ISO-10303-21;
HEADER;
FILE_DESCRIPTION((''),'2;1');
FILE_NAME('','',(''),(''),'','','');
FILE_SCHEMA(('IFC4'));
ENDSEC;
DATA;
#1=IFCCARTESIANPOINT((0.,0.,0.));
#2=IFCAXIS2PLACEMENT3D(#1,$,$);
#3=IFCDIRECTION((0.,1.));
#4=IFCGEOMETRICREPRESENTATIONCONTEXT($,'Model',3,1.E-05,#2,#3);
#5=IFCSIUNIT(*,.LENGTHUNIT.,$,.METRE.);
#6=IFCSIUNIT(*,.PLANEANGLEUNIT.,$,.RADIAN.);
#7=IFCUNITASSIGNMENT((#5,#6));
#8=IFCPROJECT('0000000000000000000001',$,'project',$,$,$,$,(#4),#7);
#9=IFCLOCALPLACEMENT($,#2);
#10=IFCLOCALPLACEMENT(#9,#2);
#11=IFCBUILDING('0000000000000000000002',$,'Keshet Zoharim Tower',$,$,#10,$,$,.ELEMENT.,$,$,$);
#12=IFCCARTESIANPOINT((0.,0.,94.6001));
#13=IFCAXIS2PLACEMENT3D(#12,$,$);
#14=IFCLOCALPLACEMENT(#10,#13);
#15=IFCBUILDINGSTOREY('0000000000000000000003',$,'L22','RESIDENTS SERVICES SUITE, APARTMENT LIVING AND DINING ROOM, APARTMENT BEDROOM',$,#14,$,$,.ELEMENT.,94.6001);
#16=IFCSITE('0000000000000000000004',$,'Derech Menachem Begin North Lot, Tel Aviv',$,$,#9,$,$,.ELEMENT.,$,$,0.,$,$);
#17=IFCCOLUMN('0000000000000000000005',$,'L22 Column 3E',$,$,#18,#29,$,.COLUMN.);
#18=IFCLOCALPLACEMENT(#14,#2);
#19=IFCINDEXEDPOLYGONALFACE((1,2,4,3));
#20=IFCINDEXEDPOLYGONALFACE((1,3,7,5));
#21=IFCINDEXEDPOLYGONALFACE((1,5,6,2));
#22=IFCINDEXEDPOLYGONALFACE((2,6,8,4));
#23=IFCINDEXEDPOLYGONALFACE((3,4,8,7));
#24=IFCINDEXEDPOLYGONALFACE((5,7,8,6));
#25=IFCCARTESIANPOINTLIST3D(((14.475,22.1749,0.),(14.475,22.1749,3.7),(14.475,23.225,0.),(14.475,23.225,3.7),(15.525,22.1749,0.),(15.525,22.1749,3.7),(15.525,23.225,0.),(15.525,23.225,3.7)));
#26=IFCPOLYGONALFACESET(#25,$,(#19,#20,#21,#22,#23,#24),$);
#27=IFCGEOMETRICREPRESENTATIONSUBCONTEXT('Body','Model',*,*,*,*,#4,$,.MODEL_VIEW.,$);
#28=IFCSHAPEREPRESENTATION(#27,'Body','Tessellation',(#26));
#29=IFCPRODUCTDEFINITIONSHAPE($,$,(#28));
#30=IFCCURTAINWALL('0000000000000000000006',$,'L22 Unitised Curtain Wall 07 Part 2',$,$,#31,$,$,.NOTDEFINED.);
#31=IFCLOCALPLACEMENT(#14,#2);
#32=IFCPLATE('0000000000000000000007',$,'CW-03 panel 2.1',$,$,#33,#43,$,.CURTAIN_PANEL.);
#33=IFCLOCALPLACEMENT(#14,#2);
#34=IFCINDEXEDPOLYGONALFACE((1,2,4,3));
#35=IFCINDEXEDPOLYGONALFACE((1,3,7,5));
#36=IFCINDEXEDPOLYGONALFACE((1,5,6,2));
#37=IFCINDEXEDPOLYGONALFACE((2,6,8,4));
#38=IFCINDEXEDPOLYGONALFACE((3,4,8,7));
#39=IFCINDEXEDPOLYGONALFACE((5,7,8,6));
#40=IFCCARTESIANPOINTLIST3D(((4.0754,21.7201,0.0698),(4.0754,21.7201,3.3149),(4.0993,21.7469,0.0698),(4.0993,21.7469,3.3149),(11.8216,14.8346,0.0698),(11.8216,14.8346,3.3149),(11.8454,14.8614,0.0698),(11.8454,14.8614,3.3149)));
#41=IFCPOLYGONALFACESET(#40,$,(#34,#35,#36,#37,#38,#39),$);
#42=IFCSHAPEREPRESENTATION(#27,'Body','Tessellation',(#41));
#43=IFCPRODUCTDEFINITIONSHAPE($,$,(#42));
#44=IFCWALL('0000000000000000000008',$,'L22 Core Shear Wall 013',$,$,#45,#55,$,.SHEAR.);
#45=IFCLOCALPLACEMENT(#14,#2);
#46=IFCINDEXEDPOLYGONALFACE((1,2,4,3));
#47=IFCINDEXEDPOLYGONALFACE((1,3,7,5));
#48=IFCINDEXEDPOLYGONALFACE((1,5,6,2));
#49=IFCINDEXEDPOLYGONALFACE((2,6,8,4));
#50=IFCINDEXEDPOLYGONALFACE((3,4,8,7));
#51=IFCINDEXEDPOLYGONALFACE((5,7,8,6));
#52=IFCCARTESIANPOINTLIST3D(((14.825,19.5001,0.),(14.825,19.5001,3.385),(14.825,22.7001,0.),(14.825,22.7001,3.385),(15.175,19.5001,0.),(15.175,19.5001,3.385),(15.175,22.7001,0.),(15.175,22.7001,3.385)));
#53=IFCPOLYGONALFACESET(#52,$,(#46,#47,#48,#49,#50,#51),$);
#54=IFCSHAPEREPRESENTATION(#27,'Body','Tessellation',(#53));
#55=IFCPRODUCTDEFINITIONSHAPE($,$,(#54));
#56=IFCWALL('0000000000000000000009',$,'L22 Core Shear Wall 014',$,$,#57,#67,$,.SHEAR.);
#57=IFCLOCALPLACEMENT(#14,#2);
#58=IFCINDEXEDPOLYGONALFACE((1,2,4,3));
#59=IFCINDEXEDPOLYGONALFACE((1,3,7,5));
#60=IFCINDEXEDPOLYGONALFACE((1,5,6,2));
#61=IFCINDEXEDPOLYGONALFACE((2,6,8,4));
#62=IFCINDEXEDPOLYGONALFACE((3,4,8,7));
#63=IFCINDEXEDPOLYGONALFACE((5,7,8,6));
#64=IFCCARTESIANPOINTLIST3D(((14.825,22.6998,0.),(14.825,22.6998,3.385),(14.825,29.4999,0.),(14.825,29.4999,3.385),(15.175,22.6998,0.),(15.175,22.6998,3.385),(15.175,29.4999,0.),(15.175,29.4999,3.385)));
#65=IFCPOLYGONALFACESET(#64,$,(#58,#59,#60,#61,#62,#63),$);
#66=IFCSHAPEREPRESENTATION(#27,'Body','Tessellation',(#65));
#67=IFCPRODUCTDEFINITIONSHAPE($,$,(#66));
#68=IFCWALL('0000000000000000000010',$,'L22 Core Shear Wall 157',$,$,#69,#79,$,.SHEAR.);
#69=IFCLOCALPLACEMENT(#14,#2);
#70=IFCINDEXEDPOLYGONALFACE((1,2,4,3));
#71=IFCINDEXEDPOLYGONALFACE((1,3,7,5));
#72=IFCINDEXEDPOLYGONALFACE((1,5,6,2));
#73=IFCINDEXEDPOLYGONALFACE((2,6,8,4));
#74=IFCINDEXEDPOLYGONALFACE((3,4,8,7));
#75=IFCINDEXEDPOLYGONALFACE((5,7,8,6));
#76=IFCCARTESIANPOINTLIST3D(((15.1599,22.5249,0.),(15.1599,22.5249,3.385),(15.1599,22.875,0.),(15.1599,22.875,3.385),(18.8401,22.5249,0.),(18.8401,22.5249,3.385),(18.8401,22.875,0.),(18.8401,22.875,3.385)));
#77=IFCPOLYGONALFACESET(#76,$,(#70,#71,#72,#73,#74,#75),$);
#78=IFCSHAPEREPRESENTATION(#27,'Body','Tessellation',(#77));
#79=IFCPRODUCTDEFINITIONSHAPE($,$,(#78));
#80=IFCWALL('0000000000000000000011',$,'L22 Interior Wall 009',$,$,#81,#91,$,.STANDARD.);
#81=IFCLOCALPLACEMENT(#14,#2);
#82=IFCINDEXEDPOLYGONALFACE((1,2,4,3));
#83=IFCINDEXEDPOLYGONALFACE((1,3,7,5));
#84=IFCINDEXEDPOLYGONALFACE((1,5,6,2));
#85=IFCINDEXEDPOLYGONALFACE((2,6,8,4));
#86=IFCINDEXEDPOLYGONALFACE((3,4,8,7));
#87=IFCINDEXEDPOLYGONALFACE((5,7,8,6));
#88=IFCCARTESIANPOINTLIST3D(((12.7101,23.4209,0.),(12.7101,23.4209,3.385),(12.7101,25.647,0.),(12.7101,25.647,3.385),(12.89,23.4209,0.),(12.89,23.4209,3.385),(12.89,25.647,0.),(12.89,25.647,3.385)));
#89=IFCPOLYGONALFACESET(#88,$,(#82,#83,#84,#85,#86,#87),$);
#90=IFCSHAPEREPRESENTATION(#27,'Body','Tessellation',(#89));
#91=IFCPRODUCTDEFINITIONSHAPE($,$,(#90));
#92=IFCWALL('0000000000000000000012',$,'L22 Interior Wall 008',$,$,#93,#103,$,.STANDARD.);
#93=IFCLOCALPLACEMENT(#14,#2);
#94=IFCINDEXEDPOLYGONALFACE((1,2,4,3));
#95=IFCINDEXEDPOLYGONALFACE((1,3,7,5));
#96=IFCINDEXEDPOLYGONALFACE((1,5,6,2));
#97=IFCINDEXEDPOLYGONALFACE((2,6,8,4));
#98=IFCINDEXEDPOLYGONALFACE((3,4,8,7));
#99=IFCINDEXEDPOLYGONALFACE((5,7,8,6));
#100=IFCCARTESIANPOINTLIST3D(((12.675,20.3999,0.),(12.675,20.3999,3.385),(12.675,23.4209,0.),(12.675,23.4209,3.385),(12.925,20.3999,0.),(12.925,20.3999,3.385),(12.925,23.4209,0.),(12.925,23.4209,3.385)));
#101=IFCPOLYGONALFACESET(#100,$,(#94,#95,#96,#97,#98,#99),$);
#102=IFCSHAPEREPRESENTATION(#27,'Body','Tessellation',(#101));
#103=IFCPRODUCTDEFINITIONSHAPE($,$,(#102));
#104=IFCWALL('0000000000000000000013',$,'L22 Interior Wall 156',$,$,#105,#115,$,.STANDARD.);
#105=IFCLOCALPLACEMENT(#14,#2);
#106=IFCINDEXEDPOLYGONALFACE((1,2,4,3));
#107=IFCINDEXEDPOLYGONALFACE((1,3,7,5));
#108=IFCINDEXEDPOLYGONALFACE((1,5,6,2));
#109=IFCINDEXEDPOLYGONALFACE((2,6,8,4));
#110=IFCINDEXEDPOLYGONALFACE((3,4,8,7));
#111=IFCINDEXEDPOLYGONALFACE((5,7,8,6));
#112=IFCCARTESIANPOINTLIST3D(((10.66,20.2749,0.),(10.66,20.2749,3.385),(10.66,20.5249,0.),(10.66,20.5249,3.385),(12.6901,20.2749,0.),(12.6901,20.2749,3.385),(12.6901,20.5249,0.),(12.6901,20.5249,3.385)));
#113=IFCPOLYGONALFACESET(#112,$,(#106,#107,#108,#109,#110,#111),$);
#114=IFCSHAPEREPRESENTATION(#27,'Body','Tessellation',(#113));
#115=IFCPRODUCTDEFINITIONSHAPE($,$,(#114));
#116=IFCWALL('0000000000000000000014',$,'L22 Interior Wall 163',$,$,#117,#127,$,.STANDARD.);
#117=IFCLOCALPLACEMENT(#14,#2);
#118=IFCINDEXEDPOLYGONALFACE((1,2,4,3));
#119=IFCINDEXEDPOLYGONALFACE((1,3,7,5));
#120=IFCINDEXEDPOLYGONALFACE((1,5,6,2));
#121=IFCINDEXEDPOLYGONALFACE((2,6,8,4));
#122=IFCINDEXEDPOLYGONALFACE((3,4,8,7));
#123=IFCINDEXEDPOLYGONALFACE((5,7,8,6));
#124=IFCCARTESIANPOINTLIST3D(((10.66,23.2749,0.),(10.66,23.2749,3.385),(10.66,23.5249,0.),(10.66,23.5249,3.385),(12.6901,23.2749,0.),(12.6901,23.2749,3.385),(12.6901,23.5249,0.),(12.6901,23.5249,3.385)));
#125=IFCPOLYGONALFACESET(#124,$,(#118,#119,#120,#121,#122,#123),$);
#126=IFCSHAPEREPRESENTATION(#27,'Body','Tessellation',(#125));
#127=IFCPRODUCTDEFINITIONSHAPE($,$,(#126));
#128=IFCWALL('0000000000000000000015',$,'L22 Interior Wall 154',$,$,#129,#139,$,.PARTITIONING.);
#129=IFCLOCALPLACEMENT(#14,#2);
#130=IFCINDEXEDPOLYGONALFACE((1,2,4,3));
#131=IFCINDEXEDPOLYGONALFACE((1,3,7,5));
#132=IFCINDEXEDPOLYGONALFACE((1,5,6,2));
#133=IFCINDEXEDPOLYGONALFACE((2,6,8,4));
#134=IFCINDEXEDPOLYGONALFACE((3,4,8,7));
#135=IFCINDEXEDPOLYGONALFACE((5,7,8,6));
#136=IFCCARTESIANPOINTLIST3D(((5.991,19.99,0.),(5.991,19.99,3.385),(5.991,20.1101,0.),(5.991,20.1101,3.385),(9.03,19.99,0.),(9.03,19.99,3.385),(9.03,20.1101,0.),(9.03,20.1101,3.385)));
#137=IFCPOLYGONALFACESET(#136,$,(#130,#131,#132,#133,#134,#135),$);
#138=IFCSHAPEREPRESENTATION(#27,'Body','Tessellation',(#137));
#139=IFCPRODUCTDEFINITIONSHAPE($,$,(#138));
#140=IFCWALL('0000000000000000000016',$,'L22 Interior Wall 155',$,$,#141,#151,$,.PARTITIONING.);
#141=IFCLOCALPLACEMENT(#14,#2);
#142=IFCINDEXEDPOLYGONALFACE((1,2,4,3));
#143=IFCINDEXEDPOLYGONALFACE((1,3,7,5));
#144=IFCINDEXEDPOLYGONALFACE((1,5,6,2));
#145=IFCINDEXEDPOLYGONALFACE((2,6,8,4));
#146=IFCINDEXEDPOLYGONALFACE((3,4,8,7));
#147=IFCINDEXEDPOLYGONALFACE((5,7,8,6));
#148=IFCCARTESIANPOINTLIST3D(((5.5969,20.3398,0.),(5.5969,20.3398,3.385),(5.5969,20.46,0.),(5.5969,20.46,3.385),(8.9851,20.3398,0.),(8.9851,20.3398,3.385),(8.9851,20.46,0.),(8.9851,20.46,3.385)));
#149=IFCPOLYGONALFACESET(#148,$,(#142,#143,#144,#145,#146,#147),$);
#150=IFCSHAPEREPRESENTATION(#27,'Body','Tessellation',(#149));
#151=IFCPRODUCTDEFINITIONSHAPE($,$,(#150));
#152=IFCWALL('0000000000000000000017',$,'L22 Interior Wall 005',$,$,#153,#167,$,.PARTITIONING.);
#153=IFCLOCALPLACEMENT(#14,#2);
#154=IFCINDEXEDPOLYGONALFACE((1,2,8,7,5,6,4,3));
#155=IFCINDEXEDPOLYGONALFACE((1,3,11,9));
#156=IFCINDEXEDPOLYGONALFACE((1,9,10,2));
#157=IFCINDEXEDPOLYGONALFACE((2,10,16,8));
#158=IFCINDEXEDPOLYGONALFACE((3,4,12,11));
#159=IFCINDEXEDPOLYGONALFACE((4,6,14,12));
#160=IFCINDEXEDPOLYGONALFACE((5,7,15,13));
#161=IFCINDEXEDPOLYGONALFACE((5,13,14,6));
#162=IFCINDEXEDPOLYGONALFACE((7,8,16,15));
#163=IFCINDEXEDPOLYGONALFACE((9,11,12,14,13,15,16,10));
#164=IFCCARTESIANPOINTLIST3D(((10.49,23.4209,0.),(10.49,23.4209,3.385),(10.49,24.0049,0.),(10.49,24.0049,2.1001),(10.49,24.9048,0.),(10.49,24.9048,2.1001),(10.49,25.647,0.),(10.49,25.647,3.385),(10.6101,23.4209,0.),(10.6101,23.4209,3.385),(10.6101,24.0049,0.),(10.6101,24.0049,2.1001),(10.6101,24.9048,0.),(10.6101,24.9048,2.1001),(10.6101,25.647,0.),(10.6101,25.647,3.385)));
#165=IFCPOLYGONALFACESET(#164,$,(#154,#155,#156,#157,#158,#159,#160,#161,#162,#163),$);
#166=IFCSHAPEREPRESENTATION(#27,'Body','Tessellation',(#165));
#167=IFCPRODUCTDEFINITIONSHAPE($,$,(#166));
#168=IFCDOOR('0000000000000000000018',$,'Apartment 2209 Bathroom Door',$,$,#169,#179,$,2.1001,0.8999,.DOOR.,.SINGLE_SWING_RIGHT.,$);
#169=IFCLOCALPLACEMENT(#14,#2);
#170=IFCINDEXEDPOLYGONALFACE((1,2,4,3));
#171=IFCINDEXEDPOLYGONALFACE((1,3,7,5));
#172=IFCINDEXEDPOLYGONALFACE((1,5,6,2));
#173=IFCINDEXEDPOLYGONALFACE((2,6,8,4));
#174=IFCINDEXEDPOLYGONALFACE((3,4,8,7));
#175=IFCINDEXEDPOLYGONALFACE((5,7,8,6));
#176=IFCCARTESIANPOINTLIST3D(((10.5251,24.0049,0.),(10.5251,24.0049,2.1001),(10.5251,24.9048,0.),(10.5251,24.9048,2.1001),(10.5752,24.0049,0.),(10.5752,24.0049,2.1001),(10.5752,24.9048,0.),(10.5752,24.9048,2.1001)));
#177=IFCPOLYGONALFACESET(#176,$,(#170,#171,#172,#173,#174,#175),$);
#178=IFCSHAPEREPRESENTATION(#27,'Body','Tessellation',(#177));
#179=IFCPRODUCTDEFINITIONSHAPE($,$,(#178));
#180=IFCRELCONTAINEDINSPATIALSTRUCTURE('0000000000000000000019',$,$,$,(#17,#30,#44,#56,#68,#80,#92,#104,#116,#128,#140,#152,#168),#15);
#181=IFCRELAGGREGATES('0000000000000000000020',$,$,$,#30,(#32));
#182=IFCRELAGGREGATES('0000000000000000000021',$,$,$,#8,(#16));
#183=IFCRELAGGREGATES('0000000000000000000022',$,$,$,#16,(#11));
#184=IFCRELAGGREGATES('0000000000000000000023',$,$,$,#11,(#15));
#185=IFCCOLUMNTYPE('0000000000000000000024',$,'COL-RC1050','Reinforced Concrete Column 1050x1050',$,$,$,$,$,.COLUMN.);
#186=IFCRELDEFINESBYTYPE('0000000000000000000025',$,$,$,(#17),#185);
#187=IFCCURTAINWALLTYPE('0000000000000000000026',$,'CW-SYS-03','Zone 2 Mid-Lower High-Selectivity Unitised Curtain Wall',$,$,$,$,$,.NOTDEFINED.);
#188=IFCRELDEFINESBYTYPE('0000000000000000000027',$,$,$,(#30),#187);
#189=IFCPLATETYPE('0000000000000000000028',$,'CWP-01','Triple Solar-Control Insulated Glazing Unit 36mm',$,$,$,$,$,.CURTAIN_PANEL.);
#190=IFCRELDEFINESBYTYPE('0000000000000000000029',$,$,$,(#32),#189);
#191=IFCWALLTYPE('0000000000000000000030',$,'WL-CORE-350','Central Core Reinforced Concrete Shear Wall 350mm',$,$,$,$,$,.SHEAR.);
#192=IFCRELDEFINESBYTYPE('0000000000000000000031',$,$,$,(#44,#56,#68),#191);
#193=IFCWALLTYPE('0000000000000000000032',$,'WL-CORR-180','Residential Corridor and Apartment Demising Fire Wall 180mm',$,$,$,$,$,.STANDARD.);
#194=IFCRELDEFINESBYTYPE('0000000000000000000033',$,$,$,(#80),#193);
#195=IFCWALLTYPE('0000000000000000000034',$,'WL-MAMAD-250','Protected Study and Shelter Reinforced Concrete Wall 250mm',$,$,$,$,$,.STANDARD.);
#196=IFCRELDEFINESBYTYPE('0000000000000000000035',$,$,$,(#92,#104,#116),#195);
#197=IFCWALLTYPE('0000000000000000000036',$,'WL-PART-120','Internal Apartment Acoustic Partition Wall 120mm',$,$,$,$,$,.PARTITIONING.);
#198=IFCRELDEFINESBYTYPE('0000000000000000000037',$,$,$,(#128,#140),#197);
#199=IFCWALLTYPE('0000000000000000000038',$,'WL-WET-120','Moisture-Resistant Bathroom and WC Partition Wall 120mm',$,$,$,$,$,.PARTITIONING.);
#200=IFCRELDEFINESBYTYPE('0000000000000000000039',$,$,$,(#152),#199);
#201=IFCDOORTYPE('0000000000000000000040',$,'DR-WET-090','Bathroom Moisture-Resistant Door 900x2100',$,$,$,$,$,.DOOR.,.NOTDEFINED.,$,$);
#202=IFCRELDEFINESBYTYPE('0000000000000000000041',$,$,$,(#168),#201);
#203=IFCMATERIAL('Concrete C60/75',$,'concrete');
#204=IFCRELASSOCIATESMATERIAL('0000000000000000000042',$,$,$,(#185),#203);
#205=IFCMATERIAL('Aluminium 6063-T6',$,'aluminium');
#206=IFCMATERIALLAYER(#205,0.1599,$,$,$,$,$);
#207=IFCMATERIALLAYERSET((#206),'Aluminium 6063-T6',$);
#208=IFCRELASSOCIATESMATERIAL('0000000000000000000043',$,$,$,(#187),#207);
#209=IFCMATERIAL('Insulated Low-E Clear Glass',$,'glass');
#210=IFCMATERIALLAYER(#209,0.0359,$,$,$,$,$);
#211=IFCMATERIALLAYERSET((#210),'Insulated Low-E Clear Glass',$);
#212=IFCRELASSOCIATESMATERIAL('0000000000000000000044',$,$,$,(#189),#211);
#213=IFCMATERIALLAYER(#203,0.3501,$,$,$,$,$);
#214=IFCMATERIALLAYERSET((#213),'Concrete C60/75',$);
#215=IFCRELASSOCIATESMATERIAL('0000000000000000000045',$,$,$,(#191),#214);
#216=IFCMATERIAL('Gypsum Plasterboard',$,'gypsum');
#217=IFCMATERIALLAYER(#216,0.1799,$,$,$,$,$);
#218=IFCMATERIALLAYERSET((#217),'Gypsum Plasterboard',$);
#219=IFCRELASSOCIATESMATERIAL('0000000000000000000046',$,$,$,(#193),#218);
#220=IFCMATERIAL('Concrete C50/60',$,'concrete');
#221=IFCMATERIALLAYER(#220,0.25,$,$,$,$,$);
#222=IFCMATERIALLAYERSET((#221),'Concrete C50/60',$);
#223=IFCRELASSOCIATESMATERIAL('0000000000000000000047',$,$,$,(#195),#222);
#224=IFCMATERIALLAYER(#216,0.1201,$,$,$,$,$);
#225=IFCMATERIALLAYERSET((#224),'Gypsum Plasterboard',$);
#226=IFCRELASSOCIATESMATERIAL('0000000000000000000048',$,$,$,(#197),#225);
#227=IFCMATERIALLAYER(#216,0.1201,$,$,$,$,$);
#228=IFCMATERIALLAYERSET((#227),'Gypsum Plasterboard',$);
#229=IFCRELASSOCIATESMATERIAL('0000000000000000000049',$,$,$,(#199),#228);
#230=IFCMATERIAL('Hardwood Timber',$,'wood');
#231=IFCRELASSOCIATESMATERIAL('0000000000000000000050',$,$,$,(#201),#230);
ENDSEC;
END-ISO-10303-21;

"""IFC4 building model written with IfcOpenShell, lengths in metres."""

from ifc_helpers import new_model, si_unit, direction, frame, frame_2d, origin, origin_2d, place, context, subcontext, project, spatial, rectangle, extrude, material, layer, layer_set, material_profile, profile_set, type_object, element, fill, aggregate, save


model = new_model("IFC4")

# Units and contexts
model_context = context("Model", 3, precision=1e-05, world=origin(), true_north=direction((0.0, 1.0)))
body_context = subcontext(model_context, "Body", "Model", "MODEL_VIEW")
ifc_project = project(units=[si_unit("LENGTHUNIT", "METRE"), si_unit("PLANEANGLEUNIT", "RADIAN")], contexts=[model_context])

# Site, building, storey
site_placement = place(None, origin())
site = spatial("IfcSite", under=ifc_project, at=site_placement, Name="Derech Menachem Begin North Lot, Tel Aviv", CompositionType="ELEMENT", RefElevation=0.0)
building_placement = place(site_placement, origin())
building = spatial("IfcBuilding", under=site, at=building_placement, Name="Keshet Zoharim Tower", CompositionType="ELEMENT")
storey_placement = place(building_placement, frame((0.0, 0.0, 94.6001)))
storey = spatial("IfcBuildingStorey", under=building, at=storey_placement, Name="L22", Description="RESIDENTS SERVICES SUITE, APARTMENT LIVING AND DINING ROOM, APARTMENT BEDROOM", CompositionType="ELEMENT", Elevation=94.6001)

# Column
ifc_material_1 = material(Name="Concrete C60/75", Category="concrete")
ifc_material_profile = material_profile(ifc_material_1, rectangle(XDim=1.05, YDim=1.05, at=origin_2d()), Name="RC1050x1050")
ifc_profile_set = profile_set([ifc_material_profile], Name="Concrete C60/75")
column_type = type_object("IfcColumnType", Name="COL-RC1050", Description="Reinforced Concrete Column 1050x1050", PredefinedType="COLUMN", material=ifc_profile_set)
column_placement = place(storey_placement, frame((15.0, 22.7, 0.0), z_axis=(0.0, 0.0, 1.0), x_axis=(1.0, 0.0, 0.0)))
element("IfcColumn", 1, at=column_placement, inside=storey, type_object=column_type, Name="L22 Column 3E", PredefinedType="COLUMN", context=body_context, shape_type="SweptSolid", body=[
    extrude(rectangle(XDim=1.05, YDim=1.05, at=origin_2d()), origin(), (0.0, 0.0, 1.0), 3.7),
])

# Curtain wall, plate
ifc_material_2 = material(Name="Aluminium 6063-T6", Category="aluminium")
ifc_layer_1 = layer(ifc_material_2, 0.1599)
ifc_layer_set_1 = layer_set([ifc_layer_1], Name="Aluminium 6063-T6")
curtain_wall_type = type_object("IfcCurtainWallType", Name="CW-SYS-03", Description="Zone 2 Mid-Lower High-Selectivity Unitised Curtain Wall", PredefinedType="NOTDEFINED", material=ifc_layer_set_1)
curtain_wall_placement = place(storey_placement, origin())
curtain_wall = element("IfcCurtainWall", 2, at=curtain_wall_placement, inside=storey, type_object=curtain_wall_type, Name="L22 Unitised Curtain Wall 07 Part 2", PredefinedType="NOTDEFINED")
ifc_material_3 = material(Name="Insulated Low-E Clear Glass", Category="glass")
ifc_layer_2 = layer(ifc_material_3, 0.0359)
ifc_layer_set_2 = layer_set([ifc_layer_2], Name="Insulated Low-E Clear Glass")
plate_type = type_object("IfcPlateType", Name="CWP-01", Description="Triple Solar-Control Insulated Glazing Unit 36mm", PredefinedType="CURTAIN_PANEL", material=ifc_layer_set_2)
plate_placement = place(storey_placement, frame((7.9604, 18.2908, 0.0698), z_axis=(0.0, 0.0, 1.0), x_axis=(-0.747409, 0.664364, 0.0)))
plate = element("IfcPlate", 3, at=plate_placement, type_object=plate_type, Name="CW-03 panel 2.1", PredefinedType="CURTAIN_PANEL", context=body_context, shape_type="SweptSolid", body=[
    extrude(rectangle(XDim=10.364, YDim=0.0359, at=origin_2d()), origin(), (0.0, 0.0, 1.0), 3.2451),
])
aggregate(curtain_wall, [plate])

# Walls
ifc_layer_3 = layer(ifc_material_1, 0.3501)
ifc_layer_set_3 = layer_set([ifc_layer_3], Name="Concrete C60/75")
wall_type_1 = type_object("IfcWallType", Name="WL-CORE-350", Description="Central Core Reinforced Concrete Shear Wall 350mm", PredefinedType="SHEAR", material=ifc_layer_set_3)
wall_1_placement = place(storey_placement, frame((15.0, 19.5, 0.0), z_axis=(0.0, 0.0, 1.0), x_axis=(0.0, 1.0, 0.0)))
element("IfcWall", 4, at=wall_1_placement, inside=storey, type_object=wall_type_1, Name="L22 Core Shear Wall 013", PredefinedType="SHEAR", context=body_context, shape_type="SweptSolid", body=[
    extrude(rectangle(XDim=3.2, YDim=0.3501, at=frame_2d((1.6001, 0.0))), origin(), (0.0, 0.0, 1.0), 3.385),
])
wall_2_placement = place(storey_placement, frame((15.0, 22.7, 0.0), z_axis=(0.0, 0.0, 1.0), x_axis=(0.0, 1.0, 0.0)))
element("IfcWall", 5, at=wall_2_placement, inside=storey, type_object=wall_type_1, Name="L22 Core Shear Wall 014", PredefinedType="SHEAR", context=body_context, shape_type="SweptSolid", body=[
    extrude(rectangle(XDim=6.8, YDim=0.3501, at=frame_2d((3.3999, 0.0))), origin(), (0.0, 0.0, 1.0), 3.385),
])
wall_3_placement = place(storey_placement, frame((15.1599, 22.7, 0.0), z_axis=(0.0, 0.0, 1.0), x_axis=(1.0, 0.0, 0.0)))
element("IfcWall", 6, at=wall_3_placement, inside=storey, type_object=wall_type_1, Name="L22 Core Shear Wall 157", PredefinedType="SHEAR", context=body_context, shape_type="SweptSolid", body=[
    extrude(rectangle(XDim=3.6802, YDim=0.3501, at=frame_2d((1.8401, 0.0))), origin(), (0.0, 0.0, 1.0), 3.385),
])
ifc_material_4 = material(Name="Gypsum Plasterboard", Category="gypsum")
ifc_layer_4 = layer(ifc_material_4, 0.1799)
ifc_layer_set_4 = layer_set([ifc_layer_4], Name="Gypsum Plasterboard")
wall_type_2 = type_object("IfcWallType", Name="WL-CORR-180", Description="Residential Corridor and Apartment Demising Fire Wall 180mm", PredefinedType="STANDARD", material=ifc_layer_set_4)
wall_4_placement = place(storey_placement, frame((12.8, 23.4209, 0.0), z_axis=(0.0, 0.0, 1.0), x_axis=(0.0, 1.0, 0.0)))
element("IfcWall", 7, at=wall_4_placement, inside=storey, type_object=wall_type_2, Name="L22 Interior Wall 009", PredefinedType="STANDARD", context=body_context, shape_type="SweptSolid", body=[
    extrude(rectangle(XDim=2.2261, YDim=0.1799, at=frame_2d((1.113, 0.0))), origin(), (0.0, 0.0, 1.0), 3.385),
])

# Shared definitions
ifc_material_5 = material(Name="Concrete C50/60", Category="concrete")
ifc_material_6 = material(Name="Hardwood Timber", Category="wood")
ifc_layer_5 = layer(ifc_material_5, 0.25)
ifc_layer_set_5 = layer_set([ifc_layer_5], Name="Concrete C50/60")
wall_type_3 = type_object("IfcWallType", Name="WL-MAMAD-250", Description="Protected Study and Shelter Reinforced Concrete Wall 250mm", PredefinedType="STANDARD", material=ifc_layer_set_5)

# Walls
wall_5_placement = place(storey_placement, frame((12.8, 20.3999, 0.0), z_axis=(0.0, 0.0, 1.0), x_axis=(0.0, 1.0, 0.0)))
element("IfcWall", 8, at=wall_5_placement, inside=storey, type_object=wall_type_3, Name="L22 Interior Wall 008", PredefinedType="STANDARD", context=body_context, shape_type="SweptSolid", body=[
    extrude(rectangle(XDim=3.021, YDim=0.25, at=frame_2d((1.5105, 0.0))), origin(), (0.0, 0.0, 1.0), 3.385),
])
for number, where, z_axis, x_axis, name in (
    (9, (10.6599, 20.3999, 0.0), (0.0, 0.0, 1.0), (1.0, 0.0, 0.0), "L22 Interior Wall 156"),
    (10, (10.6599, 23.3999, 0.0), (0.0, 0.0, 1.0), (1.0, 0.0, 0.0), "L22 Interior Wall 163"),
):
    element("IfcWall", number, at=place(storey_placement, frame(where, z_axis=z_axis, x_axis=x_axis)), inside=storey, type_object=wall_type_3, Name=name, PredefinedType="STANDARD", context=body_context, shape_type="SweptSolid", body=[
        extrude(rectangle(XDim=2.03, YDim=0.25, at=frame_2d((1.0151, 0.0))), origin(), (0.0, 0.0, 1.0), 3.385),
    ])

# Shared definitions
ifc_layer_6 = layer(ifc_material_4, 0.1201)
ifc_layer_set_6 = layer_set([ifc_layer_6], Name="Gypsum Plasterboard")
wall_type_4 = type_object("IfcWallType", Name="WL-PART-120", Description="Internal Apartment Acoustic Partition Wall 120mm", PredefinedType="PARTITIONING", material=ifc_layer_set_6)

# Walls
wall_6_placement = place(storey_placement, frame((5.991, 20.05, 0.0), z_axis=(0.0, 0.0, 1.0), x_axis=(1.0, 0.0, 0.0)))
element("IfcWall", 11, at=wall_6_placement, inside=storey, type_object=wall_type_4, Name="L22 Interior Wall 154", PredefinedType="PARTITIONING", context=body_context, shape_type="SweptSolid", body=[
    extrude(rectangle(XDim=3.0391, YDim=0.1201, at=frame_2d((1.5195, 0.0))), origin(), (0.0, 0.0, 1.0), 3.385),
])
wall_7_placement = place(storey_placement, frame((5.5969, 20.3999, 0.0), z_axis=(0.0, 0.0, 1.0), x_axis=(1.0, 0.0, 0.0)))
element("IfcWall", 12, at=wall_7_placement, inside=storey, type_object=wall_type_4, Name="L22 Interior Wall 155", PredefinedType="PARTITIONING", context=body_context, shape_type="SweptSolid", body=[
    extrude(rectangle(XDim=3.3882, YDim=0.1201, at=frame_2d((1.6941, 0.0))), origin(), (0.0, 0.0, 1.0), 3.385),
])

# Wall, opening, door
ifc_layer_7 = layer(ifc_material_4, 0.1201)
ifc_layer_set_7 = layer_set([ifc_layer_7], Name="Gypsum Plasterboard")
wall_type_5 = type_object("IfcWallType", Name="WL-WET-120", Description="Moisture-Resistant Bathroom and WC Partition Wall 120mm", PredefinedType="PARTITIONING", material=ifc_layer_set_7)
wall_8_placement = place(storey_placement, frame((10.55, 23.4209, 0.0), z_axis=(0.0, 0.0, 1.0), x_axis=(0.0, 1.0, 0.0)))
wall_8 = element("IfcWall", 13, at=wall_8_placement, inside=storey, type_object=wall_type_5, Name="L22 Interior Wall 005", PredefinedType="PARTITIONING", context=body_context, shape_type="SweptSolid", body=[
    extrude(rectangle(XDim=2.2261, YDim=0.1201, at=frame_2d((1.113, 0.0))), origin(), (0.0, 0.0, 1.0), 3.385),
])
opening_1_placement = place(wall_8_placement, frame((0.584, 0.0, 0.0)))
opening_1 = element("IfcOpeningElement", 14, at=opening_1_placement, cuts=wall_8, PredefinedType="OPENING", context=body_context, shape_type="SweptSolid", body=[
    extrude(rectangle(XDim=0.8999, YDim=2.1001, at=frame_2d((0.45, 1.05))), frame((0.0, 0.0701, 0.0), z_axis=(0.0, -1.0, 0.0), x_axis=(1.0, 0.0, 0.0)), (0.0, 0.0, 1.0), 0.1401),
])
door_type_1 = type_object("IfcDoorType", Name="DR-WET-090", Description="Bathroom Moisture-Resistant Door 900x2100", OperationType="NOTDEFINED", PredefinedType="DOOR", material=ifc_material_6)
door_1_placement = place(opening_1_placement, origin())
door_1 = element("IfcDoor", 15, at=door_1_placement, inside=storey, type_object=door_type_1, Name="Apartment 2209 Bathroom Door", OperationType="SINGLE_SWING_RIGHT", OverallHeight=2.1001, OverallWidth=0.8999, PredefinedType="DOOR", context=body_context, shape_type="SweptSolid", body=[
    extrude(rectangle(XDim=0.8999, YDim=2.1001, at=frame_2d((0.45, 1.05))), frame((0.0, 0.0249, 0.0), z_axis=(0.0, -1.0, 0.0), x_axis=(1.0, 0.0, 0.0)), (0.0, 0.0, 1.0), 0.05),
])
fill(opening_1, door_1)

save(model, "model.ifc")
